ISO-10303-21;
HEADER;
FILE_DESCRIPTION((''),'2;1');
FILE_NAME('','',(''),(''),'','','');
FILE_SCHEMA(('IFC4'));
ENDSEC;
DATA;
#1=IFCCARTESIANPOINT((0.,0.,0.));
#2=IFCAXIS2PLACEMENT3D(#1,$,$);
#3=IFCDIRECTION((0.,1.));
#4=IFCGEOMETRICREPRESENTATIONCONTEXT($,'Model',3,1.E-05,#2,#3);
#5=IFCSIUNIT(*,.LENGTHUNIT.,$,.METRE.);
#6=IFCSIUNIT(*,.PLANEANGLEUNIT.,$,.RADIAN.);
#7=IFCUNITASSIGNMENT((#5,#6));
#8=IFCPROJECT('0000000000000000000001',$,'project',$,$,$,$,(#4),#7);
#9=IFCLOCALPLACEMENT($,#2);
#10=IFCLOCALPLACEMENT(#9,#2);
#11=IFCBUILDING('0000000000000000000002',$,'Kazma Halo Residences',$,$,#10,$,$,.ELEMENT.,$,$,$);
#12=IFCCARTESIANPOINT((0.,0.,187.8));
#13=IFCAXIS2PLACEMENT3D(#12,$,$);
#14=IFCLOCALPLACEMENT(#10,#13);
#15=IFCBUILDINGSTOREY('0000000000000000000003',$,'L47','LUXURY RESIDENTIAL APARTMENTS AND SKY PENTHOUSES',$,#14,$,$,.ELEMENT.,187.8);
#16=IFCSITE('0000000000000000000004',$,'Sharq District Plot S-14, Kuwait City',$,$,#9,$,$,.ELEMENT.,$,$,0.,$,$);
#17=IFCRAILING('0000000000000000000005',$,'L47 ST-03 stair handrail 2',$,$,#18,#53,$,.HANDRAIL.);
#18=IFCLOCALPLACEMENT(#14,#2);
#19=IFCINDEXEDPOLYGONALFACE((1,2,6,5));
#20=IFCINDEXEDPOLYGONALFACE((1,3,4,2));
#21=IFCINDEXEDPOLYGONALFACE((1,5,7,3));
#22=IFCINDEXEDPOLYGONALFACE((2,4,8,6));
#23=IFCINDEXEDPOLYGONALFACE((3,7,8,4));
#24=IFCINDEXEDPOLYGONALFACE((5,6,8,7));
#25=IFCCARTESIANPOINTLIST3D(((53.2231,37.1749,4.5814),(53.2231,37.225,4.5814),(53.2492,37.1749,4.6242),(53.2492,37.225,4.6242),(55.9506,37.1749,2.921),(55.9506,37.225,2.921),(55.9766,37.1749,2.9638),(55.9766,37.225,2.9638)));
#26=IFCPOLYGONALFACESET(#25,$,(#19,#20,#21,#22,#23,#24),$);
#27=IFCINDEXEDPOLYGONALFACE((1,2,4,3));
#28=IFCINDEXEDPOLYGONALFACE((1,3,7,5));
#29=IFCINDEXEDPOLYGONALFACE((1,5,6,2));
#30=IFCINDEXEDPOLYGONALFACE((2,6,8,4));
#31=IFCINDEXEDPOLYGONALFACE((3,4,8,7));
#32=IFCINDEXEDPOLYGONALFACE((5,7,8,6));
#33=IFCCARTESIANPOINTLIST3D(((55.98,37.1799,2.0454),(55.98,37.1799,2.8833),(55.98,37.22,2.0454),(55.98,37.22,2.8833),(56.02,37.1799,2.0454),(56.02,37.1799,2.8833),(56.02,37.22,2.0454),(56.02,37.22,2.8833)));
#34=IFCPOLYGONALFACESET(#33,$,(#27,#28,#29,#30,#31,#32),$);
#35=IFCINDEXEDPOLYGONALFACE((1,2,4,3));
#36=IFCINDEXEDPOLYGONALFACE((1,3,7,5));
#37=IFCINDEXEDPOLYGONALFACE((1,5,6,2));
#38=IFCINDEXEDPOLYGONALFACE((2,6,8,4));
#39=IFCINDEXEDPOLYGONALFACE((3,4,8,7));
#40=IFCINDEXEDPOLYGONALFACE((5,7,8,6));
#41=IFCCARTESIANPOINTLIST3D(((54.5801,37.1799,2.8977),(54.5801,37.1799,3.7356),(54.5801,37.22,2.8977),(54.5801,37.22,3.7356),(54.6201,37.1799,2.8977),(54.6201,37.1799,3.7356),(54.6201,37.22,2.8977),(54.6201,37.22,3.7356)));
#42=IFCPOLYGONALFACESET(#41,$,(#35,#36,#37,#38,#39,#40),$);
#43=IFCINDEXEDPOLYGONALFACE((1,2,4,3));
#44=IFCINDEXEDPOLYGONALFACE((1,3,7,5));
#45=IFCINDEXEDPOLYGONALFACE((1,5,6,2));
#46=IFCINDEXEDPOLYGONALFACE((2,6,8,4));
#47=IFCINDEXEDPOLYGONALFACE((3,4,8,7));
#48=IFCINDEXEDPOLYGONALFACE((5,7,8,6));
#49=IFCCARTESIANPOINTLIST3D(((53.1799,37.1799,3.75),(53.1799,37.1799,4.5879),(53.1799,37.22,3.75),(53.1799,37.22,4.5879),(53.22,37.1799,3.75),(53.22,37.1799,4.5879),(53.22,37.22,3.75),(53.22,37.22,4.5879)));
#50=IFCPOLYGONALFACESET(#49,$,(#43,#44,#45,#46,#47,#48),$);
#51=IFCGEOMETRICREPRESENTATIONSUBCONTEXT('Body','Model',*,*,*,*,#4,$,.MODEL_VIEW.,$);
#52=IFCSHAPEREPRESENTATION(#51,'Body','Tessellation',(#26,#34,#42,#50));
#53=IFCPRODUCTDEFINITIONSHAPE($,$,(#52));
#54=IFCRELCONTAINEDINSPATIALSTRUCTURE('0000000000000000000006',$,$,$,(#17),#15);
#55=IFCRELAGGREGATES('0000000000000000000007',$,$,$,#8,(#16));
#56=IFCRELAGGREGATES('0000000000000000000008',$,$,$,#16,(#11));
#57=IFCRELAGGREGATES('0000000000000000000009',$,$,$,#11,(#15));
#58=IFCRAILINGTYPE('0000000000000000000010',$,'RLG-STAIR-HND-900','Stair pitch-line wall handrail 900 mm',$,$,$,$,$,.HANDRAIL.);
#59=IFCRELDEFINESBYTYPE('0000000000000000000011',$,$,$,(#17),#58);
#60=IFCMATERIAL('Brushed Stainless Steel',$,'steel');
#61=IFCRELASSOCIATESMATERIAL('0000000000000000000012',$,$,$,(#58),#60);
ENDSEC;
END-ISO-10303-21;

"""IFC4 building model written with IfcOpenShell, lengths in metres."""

from ifc_helpers import new_model, si_unit, direction, frame, origin, origin_2d, place, context, subcontext, project, spatial, rectangle, extrude, material, type_object, element, save


model = new_model("IFC4")

# Units and contexts
model_context = context("Model", 3, precision=1e-05, world=origin(), true_north=direction((0.0, 1.0)))
body_context = subcontext(model_context, "Body", "Model", "MODEL_VIEW")
ifc_project = project(units=[si_unit("LENGTHUNIT", "METRE"), si_unit("PLANEANGLEUNIT", "RADIAN")], contexts=[model_context])

# Site, building, storey
site_placement = place(None, origin())
site = spatial("IfcSite", under=ifc_project, at=site_placement, Name="Sharq District Plot S-14, Kuwait City", CompositionType="ELEMENT", RefElevation=0.0)
building_placement = place(site_placement, origin())
building = spatial("IfcBuilding", under=site, at=building_placement, Name="Kazma Halo Residences", CompositionType="ELEMENT")
storey_placement = place(building_placement, frame((0.0, 0.0, 187.8)))
storey = spatial("IfcBuildingStorey", under=building, at=storey_placement, Name="L47", Description="LUXURY RESIDENTIAL APARTMENTS AND SKY PENTHOUSES", CompositionType="ELEMENT", Elevation=187.8)

# Railing
ifc_material_1 = material(Name="Brushed Stainless Steel", Category="steel")
railing_type_1 = type_object("IfcRailingType", Name="RLG-STAIR-HND-900", Description="Stair pitch-line wall handrail 900 mm", PredefinedType="HANDRAIL", material=ifc_material_1)
railing_1_placement = place(storey_placement, frame((56.0, 37.2, 2.0454)))
element("IfcRailing", 1, at=railing_1_placement, inside=storey, type_object=railing_type_1, Name="L47 ST-03 stair handrail 2", PredefinedType="HANDRAIL", context=body_context, shape_type="SweptSolid", body=[
    extrude(rectangle(XDim=0.05, YDim=0.05, at=origin_2d()), frame((-0.0364, 0.0, 0.897), z_axis=(-0.85417, 0.0, 0.519994), x_axis=(0.0, -1.0, 0.0)), (0.0, 0.0, 1.0), 3.1931),
    extrude(rectangle(XDim=0.04, YDim=0.04, at=origin_2d()), origin(), (0.0, 0.0, 1.0), 0.8379),
    extrude(rectangle(XDim=0.04, YDim=0.04, at=origin_2d()), frame((-1.3999, 0.0, 0.8523)), (0.0, 0.0, 1.0), 0.8379),
    extrude(rectangle(XDim=0.04, YDim=0.04, at=origin_2d()), frame((-2.8, 0.0, 1.7046)), (0.0, 0.0, 1.0), 0.8379),
])

save(model, "model.ifc")
